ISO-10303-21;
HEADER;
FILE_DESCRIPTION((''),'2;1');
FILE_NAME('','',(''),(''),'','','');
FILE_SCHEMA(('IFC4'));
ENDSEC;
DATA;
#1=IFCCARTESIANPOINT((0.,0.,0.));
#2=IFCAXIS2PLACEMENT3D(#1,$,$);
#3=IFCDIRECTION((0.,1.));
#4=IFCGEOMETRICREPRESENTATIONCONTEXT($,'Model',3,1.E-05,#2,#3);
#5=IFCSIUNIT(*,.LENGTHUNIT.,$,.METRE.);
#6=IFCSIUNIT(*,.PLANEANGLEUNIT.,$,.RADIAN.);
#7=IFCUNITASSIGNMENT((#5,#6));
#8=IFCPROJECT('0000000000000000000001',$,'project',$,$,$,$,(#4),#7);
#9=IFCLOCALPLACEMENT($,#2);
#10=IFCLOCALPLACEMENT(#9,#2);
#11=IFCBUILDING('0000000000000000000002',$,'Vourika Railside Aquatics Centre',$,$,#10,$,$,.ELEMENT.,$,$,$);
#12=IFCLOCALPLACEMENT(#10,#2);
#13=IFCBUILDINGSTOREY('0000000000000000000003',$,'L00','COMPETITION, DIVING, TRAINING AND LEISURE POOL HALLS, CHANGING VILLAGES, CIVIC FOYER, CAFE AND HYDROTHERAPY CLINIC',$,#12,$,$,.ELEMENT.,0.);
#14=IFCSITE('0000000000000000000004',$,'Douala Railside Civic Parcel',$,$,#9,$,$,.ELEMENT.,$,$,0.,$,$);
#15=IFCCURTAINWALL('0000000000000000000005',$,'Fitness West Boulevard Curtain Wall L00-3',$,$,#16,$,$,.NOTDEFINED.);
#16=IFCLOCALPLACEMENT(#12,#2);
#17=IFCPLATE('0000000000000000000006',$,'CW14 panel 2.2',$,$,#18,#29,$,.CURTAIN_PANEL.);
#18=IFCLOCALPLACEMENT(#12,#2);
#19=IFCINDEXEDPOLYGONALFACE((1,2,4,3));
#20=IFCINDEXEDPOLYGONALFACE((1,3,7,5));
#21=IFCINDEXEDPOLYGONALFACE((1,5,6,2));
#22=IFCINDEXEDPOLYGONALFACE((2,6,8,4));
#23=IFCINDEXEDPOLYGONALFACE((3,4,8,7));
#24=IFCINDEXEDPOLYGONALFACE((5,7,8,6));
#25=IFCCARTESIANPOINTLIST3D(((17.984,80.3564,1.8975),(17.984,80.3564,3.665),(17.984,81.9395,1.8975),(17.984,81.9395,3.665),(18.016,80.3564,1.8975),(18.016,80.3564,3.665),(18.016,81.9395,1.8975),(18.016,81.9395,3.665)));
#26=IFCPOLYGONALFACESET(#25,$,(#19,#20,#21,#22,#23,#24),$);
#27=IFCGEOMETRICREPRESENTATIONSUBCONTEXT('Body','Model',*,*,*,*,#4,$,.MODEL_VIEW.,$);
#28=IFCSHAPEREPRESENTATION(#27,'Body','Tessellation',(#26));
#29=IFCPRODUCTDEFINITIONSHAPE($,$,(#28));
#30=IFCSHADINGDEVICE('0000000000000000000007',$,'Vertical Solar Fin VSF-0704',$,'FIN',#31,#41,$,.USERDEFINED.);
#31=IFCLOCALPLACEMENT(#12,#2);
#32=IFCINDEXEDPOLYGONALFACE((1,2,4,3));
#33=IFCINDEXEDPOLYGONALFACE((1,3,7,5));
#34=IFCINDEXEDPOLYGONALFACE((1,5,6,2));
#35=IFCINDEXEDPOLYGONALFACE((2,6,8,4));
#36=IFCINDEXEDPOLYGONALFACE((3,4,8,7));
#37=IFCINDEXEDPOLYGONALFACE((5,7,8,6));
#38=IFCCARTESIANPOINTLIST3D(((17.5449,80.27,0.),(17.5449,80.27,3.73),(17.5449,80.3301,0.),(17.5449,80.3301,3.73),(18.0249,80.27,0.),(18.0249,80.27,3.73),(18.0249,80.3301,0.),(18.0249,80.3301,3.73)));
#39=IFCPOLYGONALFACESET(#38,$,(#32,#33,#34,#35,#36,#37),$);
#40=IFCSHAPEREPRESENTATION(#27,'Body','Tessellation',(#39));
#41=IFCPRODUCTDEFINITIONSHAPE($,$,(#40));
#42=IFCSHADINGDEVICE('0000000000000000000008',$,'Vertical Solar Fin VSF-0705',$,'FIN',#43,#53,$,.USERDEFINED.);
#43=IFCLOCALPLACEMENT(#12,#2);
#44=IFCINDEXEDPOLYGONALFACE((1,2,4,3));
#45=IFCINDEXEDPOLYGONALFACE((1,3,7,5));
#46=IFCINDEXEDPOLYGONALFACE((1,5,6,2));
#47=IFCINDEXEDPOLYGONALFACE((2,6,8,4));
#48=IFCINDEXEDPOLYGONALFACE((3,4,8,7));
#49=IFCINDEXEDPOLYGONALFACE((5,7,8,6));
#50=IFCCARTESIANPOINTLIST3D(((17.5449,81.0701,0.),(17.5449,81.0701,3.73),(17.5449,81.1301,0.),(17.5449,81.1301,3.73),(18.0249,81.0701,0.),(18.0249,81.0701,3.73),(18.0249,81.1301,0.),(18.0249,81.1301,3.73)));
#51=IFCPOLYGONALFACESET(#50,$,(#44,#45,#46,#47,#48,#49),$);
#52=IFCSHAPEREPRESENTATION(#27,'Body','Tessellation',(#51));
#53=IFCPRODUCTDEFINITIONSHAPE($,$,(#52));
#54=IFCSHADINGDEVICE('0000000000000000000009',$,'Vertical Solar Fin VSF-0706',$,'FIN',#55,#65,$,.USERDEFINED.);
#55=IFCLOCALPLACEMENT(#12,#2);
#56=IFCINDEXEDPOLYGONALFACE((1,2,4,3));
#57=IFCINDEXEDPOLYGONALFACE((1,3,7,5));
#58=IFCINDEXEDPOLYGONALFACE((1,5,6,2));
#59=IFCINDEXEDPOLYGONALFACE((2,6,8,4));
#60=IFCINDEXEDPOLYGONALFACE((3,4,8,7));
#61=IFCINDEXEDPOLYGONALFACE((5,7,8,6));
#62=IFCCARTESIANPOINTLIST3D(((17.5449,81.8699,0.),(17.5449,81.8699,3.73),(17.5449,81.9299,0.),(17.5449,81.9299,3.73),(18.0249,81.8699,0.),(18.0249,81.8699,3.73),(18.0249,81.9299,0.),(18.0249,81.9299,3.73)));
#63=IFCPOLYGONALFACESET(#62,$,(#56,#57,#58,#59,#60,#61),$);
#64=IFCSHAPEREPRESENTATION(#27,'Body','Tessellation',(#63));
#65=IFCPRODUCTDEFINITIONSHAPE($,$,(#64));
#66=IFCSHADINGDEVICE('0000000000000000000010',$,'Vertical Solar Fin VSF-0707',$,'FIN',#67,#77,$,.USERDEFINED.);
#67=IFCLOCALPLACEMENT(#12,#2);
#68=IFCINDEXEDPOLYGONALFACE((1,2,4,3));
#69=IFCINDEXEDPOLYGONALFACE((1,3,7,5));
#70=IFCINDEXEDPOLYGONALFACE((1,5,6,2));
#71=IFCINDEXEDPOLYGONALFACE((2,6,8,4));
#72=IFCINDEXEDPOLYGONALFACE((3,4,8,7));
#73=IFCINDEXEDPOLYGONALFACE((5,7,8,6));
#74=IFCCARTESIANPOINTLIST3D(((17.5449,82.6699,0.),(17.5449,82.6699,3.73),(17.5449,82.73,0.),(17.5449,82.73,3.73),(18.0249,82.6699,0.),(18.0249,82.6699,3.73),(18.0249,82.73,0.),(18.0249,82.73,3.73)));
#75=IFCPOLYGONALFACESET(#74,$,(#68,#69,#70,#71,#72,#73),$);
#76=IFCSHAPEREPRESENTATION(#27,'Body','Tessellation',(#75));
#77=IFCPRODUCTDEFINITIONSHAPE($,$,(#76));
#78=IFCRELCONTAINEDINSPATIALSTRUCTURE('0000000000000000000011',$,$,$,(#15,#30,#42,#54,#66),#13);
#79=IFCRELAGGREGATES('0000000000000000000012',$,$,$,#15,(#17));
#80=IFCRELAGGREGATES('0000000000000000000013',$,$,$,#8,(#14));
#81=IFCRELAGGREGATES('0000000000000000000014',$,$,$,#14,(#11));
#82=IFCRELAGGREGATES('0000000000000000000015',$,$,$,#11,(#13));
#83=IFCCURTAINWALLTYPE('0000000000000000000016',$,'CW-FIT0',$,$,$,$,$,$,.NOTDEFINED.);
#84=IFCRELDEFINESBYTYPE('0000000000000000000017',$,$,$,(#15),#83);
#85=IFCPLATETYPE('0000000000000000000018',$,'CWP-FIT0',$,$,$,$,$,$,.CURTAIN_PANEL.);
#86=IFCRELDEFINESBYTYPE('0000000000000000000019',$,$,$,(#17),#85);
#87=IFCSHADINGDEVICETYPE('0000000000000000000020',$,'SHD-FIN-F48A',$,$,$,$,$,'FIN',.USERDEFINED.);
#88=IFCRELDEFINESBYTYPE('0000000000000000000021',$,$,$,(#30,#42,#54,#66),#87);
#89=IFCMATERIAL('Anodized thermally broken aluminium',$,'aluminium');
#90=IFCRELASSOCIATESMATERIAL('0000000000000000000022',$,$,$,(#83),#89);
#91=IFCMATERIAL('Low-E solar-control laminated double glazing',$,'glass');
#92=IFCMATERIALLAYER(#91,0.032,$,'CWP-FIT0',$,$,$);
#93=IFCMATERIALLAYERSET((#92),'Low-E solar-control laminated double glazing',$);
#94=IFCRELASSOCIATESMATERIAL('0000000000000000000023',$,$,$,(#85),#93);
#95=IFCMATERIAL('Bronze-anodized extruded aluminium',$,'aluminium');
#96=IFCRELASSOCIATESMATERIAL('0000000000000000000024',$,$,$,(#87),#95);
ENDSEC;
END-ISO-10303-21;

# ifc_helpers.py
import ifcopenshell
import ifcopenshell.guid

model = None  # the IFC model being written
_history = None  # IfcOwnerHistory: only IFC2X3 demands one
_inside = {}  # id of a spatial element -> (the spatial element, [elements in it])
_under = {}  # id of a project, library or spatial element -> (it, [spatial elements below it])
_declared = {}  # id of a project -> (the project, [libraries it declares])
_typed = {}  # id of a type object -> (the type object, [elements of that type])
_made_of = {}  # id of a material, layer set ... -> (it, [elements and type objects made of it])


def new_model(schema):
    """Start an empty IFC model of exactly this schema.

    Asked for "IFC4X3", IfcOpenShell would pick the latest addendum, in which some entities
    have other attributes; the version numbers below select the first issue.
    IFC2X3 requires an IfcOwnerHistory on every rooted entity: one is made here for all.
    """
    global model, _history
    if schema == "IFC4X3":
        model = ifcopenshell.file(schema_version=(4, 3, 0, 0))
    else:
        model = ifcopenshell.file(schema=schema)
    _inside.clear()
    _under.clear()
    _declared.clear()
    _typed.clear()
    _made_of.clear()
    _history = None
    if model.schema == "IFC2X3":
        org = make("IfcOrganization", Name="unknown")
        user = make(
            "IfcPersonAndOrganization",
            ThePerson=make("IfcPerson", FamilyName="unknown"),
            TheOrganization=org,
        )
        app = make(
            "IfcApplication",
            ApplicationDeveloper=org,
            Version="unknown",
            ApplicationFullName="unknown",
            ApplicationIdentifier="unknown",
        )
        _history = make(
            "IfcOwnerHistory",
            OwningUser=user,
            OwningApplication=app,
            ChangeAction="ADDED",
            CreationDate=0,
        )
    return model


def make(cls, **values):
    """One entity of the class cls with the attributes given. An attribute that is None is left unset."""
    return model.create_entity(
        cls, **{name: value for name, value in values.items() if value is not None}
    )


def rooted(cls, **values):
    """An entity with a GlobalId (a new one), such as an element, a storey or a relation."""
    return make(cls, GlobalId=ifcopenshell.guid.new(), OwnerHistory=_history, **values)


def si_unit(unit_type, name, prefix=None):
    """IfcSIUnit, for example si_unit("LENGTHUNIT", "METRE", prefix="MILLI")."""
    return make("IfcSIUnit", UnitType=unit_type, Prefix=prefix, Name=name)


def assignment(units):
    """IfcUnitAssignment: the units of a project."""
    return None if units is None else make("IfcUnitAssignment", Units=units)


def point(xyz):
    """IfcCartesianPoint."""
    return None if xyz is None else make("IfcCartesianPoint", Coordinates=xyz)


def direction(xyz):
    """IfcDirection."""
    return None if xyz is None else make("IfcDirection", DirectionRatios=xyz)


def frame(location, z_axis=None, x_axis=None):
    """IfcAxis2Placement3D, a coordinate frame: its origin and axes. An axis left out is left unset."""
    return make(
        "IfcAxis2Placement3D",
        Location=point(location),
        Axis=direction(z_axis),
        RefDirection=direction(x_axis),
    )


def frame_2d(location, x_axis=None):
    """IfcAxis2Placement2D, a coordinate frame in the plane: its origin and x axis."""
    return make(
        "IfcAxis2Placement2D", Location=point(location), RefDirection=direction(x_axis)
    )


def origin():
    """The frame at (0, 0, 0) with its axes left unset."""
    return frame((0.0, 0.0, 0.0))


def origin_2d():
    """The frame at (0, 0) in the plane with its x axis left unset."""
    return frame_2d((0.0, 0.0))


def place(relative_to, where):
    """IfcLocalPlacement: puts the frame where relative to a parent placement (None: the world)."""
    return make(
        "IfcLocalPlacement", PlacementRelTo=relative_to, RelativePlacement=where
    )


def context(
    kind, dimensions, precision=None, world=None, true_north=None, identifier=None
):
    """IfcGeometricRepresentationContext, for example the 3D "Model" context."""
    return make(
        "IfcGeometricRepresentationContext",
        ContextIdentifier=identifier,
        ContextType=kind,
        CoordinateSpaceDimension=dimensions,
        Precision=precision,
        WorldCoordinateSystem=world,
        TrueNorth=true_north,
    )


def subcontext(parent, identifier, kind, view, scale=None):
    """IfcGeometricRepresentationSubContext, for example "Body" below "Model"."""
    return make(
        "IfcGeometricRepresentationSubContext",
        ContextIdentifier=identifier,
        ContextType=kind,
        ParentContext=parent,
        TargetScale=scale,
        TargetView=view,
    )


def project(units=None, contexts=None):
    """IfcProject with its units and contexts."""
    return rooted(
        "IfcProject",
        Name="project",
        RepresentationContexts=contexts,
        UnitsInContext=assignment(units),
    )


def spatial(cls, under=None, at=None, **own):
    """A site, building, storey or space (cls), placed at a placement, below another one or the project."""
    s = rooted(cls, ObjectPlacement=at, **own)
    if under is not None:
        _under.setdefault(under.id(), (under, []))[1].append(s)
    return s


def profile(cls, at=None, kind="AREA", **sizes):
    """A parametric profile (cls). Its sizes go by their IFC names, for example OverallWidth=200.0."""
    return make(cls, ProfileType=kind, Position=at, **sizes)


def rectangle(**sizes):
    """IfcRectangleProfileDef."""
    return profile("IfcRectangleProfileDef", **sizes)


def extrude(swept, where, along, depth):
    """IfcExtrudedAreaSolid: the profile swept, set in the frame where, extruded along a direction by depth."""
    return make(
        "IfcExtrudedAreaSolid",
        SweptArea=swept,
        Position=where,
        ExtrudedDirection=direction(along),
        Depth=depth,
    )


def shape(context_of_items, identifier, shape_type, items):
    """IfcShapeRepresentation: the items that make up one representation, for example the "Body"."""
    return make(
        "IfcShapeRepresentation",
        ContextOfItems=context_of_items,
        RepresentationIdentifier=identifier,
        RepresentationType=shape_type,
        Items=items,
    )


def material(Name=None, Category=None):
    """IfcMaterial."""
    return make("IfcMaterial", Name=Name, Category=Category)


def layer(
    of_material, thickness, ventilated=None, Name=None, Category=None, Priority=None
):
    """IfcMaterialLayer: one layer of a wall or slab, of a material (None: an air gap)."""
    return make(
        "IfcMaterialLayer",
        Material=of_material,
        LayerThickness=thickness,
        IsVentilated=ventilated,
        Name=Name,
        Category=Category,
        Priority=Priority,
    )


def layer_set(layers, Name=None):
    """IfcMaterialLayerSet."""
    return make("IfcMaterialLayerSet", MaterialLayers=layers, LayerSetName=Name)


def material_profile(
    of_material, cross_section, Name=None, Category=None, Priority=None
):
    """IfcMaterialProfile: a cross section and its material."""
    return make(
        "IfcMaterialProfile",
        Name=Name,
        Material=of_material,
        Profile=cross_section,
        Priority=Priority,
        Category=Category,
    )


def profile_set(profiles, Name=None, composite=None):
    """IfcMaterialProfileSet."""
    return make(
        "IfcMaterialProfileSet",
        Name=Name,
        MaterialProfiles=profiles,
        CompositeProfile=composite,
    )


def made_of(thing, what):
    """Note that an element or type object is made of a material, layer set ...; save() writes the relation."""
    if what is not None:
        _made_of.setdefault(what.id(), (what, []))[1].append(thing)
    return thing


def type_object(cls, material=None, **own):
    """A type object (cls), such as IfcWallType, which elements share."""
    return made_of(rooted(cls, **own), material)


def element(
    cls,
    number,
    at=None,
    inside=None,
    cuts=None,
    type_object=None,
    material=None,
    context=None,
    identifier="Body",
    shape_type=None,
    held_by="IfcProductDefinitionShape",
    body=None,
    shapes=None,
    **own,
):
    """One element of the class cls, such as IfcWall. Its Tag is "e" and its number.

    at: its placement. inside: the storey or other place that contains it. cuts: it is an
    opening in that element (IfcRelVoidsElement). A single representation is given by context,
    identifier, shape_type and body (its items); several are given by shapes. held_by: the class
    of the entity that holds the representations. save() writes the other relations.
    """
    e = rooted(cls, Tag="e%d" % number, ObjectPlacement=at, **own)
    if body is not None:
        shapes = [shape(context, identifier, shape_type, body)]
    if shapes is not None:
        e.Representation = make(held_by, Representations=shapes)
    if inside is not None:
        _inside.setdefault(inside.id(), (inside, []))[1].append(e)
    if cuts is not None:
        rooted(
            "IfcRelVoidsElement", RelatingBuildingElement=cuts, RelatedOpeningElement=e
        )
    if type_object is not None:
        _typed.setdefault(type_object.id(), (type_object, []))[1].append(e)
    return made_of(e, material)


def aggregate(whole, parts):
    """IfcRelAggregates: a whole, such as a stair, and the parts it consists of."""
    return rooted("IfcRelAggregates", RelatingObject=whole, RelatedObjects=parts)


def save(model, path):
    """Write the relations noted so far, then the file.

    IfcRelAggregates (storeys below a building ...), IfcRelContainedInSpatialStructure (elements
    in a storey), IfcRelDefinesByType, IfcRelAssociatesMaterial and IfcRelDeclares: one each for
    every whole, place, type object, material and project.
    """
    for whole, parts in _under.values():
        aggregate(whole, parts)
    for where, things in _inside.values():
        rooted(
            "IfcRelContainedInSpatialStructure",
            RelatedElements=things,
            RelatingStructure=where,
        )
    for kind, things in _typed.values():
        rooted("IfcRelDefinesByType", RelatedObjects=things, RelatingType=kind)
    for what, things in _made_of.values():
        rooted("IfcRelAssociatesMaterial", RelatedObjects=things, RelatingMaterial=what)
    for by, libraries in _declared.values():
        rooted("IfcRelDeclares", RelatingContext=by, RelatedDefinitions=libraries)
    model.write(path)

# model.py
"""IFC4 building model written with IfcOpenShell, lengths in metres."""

from ifc_helpers import new_model, si_unit, direction, frame, origin, origin_2d, place, context, subcontext, project, spatial, rectangle, extrude, material, layer, layer_set, material_profile, profile_set, type_object, element, aggregate, save


model = new_model("IFC4")

# Units and contexts
model_context = context("Model", 3, precision=1e-05, world=origin(), true_north=direction((0.0, 1.0)))
body_context = subcontext(model_context, "Body", "Model", "MODEL_VIEW")
ifc_project = project(units=[si_unit("LENGTHUNIT", "METRE"), si_unit("PLANEANGLEUNIT", "RADIAN")], contexts=[model_context])

# Site, building, storey
site_placement = place(None, origin())
site = spatial("IfcSite", under=ifc_project, at=site_placement, Name="Douala Railside Civic Parcel", CompositionType="ELEMENT", RefElevation=0.0)
building_placement = place(site_placement, origin())
building = spatial("IfcBuilding", under=site, at=building_placement, Name="Vourika Railside Aquatics Centre", CompositionType="ELEMENT")
storey_placement = place(building_placement, origin())
storey = spatial("IfcBuildingStorey", under=building, at=storey_placement, Name="L00", Description="COMPETITION, DIVING, TRAINING AND LEISURE POOL HALLS, CHANGING VILLAGES, CIVIC FOYER, CAFE AND HYDROTHERAPY CLINIC", CompositionType="ELEMENT", Elevation=0.0)

# Curtain wall, plate
ifc_material_1 = material(Name="Anodized thermally broken aluminium", Category="aluminium")
curtain_wall_type = type_object("IfcCurtainWallType", Name="CW-FIT0", PredefinedType="NOTDEFINED", material=ifc_material_1)
curtain_wall_placement = place(storey_placement, origin())
curtain_wall = element("IfcCurtainWall", 1, at=curtain_wall_placement, inside=storey, type_object=curtain_wall_type, Name="Fitness West Boulevard Curtain Wall L00-3", PredefinedType="NOTDEFINED")
ifc_material_2 = material(Name="Low-E solar-control laminated double glazing", Category="glass")
ifc_layer = layer(ifc_material_2, 0.032, Name="CWP-FIT0")
ifc_layer_set = layer_set([ifc_layer], Name="Low-E solar-control laminated double glazing")
plate_type = type_object("IfcPlateType", Name="CWP-FIT0", PredefinedType="CURTAIN_PANEL", material=ifc_layer_set)
plate_1_placement = place(storey_placement, frame((18.0, 81.1479, 1.8975), z_axis=(0.0, 0.0, 1.0), x_axis=(0.0, -1.0, 0.0)))
plate_1 = element("IfcPlate", 2, at=plate_1_placement, type_object=plate_type, Name="CW14 panel 2.2", PredefinedType="CURTAIN_PANEL", context=body_context, shape_type="SweptSolid", body=[
    extrude(rectangle(XDim=1.583, YDim=0.032, at=origin_2d()), origin(), (0.0, 0.0, 1.0), 1.7676),
])
aggregate(curtain_wall, [plate_1])

# Shading devices
ifc_material_3 = material(Name="Bronze-anodized extruded aluminium", Category="aluminium")
ifc_material_profile_1 = material_profile(ifc_material_3, rectangle(XDim=0.0601, YDim=0.48, at=origin_2d()), Name="ALU-FIN 60x480")
ifc_profile_set_1 = profile_set([ifc_material_profile_1], Name="Bronze-anodized extruded aluminium")
shading_device_type = type_object("IfcShadingDeviceType", Name="SHD-FIN-F48A", ElementType="FIN", PredefinedType="USERDEFINED", material=ifc_profile_set_1)
for number, where, z_axis, x_axis, name in (
    (3, (17.7849, 80.3, 0.0), (0.0, 0.0, 1.0), (0.0, 1.0, 0.0), "Vertical Solar Fin VSF-0704"),
    (4, (17.7849, 81.1001, 0.0), (0.0, 0.0, 1.0), (0.0, 1.0, 0.0), "Vertical Solar Fin VSF-0705"),
    (5, (17.7849, 81.8999, 0.0), (0.0, 0.0, 1.0), (0.0, 1.0, 0.0), "Vertical Solar Fin VSF-0706"),
    (6, (17.7849, 82.7, 0.0), (0.0, 0.0, 1.0), (0.0, 1.0, 0.0), "Vertical Solar Fin VSF-0707"),
):
    element("IfcShadingDevice", number, at=place(storey_placement, frame(where, z_axis=z_axis, x_axis=x_axis)), inside=storey, type_object=shading_device_type, Name=name, ObjectType="FIN", PredefinedType="USERDEFINED", context=body_context, shape_type="SweptSolid", body=[
        extrude(rectangle(XDim=0.0601, YDim=0.48, at=origin_2d()), origin(), (0.0, 0.0, 1.0), 3.73),
    ])

save(model, "model.ifc")
